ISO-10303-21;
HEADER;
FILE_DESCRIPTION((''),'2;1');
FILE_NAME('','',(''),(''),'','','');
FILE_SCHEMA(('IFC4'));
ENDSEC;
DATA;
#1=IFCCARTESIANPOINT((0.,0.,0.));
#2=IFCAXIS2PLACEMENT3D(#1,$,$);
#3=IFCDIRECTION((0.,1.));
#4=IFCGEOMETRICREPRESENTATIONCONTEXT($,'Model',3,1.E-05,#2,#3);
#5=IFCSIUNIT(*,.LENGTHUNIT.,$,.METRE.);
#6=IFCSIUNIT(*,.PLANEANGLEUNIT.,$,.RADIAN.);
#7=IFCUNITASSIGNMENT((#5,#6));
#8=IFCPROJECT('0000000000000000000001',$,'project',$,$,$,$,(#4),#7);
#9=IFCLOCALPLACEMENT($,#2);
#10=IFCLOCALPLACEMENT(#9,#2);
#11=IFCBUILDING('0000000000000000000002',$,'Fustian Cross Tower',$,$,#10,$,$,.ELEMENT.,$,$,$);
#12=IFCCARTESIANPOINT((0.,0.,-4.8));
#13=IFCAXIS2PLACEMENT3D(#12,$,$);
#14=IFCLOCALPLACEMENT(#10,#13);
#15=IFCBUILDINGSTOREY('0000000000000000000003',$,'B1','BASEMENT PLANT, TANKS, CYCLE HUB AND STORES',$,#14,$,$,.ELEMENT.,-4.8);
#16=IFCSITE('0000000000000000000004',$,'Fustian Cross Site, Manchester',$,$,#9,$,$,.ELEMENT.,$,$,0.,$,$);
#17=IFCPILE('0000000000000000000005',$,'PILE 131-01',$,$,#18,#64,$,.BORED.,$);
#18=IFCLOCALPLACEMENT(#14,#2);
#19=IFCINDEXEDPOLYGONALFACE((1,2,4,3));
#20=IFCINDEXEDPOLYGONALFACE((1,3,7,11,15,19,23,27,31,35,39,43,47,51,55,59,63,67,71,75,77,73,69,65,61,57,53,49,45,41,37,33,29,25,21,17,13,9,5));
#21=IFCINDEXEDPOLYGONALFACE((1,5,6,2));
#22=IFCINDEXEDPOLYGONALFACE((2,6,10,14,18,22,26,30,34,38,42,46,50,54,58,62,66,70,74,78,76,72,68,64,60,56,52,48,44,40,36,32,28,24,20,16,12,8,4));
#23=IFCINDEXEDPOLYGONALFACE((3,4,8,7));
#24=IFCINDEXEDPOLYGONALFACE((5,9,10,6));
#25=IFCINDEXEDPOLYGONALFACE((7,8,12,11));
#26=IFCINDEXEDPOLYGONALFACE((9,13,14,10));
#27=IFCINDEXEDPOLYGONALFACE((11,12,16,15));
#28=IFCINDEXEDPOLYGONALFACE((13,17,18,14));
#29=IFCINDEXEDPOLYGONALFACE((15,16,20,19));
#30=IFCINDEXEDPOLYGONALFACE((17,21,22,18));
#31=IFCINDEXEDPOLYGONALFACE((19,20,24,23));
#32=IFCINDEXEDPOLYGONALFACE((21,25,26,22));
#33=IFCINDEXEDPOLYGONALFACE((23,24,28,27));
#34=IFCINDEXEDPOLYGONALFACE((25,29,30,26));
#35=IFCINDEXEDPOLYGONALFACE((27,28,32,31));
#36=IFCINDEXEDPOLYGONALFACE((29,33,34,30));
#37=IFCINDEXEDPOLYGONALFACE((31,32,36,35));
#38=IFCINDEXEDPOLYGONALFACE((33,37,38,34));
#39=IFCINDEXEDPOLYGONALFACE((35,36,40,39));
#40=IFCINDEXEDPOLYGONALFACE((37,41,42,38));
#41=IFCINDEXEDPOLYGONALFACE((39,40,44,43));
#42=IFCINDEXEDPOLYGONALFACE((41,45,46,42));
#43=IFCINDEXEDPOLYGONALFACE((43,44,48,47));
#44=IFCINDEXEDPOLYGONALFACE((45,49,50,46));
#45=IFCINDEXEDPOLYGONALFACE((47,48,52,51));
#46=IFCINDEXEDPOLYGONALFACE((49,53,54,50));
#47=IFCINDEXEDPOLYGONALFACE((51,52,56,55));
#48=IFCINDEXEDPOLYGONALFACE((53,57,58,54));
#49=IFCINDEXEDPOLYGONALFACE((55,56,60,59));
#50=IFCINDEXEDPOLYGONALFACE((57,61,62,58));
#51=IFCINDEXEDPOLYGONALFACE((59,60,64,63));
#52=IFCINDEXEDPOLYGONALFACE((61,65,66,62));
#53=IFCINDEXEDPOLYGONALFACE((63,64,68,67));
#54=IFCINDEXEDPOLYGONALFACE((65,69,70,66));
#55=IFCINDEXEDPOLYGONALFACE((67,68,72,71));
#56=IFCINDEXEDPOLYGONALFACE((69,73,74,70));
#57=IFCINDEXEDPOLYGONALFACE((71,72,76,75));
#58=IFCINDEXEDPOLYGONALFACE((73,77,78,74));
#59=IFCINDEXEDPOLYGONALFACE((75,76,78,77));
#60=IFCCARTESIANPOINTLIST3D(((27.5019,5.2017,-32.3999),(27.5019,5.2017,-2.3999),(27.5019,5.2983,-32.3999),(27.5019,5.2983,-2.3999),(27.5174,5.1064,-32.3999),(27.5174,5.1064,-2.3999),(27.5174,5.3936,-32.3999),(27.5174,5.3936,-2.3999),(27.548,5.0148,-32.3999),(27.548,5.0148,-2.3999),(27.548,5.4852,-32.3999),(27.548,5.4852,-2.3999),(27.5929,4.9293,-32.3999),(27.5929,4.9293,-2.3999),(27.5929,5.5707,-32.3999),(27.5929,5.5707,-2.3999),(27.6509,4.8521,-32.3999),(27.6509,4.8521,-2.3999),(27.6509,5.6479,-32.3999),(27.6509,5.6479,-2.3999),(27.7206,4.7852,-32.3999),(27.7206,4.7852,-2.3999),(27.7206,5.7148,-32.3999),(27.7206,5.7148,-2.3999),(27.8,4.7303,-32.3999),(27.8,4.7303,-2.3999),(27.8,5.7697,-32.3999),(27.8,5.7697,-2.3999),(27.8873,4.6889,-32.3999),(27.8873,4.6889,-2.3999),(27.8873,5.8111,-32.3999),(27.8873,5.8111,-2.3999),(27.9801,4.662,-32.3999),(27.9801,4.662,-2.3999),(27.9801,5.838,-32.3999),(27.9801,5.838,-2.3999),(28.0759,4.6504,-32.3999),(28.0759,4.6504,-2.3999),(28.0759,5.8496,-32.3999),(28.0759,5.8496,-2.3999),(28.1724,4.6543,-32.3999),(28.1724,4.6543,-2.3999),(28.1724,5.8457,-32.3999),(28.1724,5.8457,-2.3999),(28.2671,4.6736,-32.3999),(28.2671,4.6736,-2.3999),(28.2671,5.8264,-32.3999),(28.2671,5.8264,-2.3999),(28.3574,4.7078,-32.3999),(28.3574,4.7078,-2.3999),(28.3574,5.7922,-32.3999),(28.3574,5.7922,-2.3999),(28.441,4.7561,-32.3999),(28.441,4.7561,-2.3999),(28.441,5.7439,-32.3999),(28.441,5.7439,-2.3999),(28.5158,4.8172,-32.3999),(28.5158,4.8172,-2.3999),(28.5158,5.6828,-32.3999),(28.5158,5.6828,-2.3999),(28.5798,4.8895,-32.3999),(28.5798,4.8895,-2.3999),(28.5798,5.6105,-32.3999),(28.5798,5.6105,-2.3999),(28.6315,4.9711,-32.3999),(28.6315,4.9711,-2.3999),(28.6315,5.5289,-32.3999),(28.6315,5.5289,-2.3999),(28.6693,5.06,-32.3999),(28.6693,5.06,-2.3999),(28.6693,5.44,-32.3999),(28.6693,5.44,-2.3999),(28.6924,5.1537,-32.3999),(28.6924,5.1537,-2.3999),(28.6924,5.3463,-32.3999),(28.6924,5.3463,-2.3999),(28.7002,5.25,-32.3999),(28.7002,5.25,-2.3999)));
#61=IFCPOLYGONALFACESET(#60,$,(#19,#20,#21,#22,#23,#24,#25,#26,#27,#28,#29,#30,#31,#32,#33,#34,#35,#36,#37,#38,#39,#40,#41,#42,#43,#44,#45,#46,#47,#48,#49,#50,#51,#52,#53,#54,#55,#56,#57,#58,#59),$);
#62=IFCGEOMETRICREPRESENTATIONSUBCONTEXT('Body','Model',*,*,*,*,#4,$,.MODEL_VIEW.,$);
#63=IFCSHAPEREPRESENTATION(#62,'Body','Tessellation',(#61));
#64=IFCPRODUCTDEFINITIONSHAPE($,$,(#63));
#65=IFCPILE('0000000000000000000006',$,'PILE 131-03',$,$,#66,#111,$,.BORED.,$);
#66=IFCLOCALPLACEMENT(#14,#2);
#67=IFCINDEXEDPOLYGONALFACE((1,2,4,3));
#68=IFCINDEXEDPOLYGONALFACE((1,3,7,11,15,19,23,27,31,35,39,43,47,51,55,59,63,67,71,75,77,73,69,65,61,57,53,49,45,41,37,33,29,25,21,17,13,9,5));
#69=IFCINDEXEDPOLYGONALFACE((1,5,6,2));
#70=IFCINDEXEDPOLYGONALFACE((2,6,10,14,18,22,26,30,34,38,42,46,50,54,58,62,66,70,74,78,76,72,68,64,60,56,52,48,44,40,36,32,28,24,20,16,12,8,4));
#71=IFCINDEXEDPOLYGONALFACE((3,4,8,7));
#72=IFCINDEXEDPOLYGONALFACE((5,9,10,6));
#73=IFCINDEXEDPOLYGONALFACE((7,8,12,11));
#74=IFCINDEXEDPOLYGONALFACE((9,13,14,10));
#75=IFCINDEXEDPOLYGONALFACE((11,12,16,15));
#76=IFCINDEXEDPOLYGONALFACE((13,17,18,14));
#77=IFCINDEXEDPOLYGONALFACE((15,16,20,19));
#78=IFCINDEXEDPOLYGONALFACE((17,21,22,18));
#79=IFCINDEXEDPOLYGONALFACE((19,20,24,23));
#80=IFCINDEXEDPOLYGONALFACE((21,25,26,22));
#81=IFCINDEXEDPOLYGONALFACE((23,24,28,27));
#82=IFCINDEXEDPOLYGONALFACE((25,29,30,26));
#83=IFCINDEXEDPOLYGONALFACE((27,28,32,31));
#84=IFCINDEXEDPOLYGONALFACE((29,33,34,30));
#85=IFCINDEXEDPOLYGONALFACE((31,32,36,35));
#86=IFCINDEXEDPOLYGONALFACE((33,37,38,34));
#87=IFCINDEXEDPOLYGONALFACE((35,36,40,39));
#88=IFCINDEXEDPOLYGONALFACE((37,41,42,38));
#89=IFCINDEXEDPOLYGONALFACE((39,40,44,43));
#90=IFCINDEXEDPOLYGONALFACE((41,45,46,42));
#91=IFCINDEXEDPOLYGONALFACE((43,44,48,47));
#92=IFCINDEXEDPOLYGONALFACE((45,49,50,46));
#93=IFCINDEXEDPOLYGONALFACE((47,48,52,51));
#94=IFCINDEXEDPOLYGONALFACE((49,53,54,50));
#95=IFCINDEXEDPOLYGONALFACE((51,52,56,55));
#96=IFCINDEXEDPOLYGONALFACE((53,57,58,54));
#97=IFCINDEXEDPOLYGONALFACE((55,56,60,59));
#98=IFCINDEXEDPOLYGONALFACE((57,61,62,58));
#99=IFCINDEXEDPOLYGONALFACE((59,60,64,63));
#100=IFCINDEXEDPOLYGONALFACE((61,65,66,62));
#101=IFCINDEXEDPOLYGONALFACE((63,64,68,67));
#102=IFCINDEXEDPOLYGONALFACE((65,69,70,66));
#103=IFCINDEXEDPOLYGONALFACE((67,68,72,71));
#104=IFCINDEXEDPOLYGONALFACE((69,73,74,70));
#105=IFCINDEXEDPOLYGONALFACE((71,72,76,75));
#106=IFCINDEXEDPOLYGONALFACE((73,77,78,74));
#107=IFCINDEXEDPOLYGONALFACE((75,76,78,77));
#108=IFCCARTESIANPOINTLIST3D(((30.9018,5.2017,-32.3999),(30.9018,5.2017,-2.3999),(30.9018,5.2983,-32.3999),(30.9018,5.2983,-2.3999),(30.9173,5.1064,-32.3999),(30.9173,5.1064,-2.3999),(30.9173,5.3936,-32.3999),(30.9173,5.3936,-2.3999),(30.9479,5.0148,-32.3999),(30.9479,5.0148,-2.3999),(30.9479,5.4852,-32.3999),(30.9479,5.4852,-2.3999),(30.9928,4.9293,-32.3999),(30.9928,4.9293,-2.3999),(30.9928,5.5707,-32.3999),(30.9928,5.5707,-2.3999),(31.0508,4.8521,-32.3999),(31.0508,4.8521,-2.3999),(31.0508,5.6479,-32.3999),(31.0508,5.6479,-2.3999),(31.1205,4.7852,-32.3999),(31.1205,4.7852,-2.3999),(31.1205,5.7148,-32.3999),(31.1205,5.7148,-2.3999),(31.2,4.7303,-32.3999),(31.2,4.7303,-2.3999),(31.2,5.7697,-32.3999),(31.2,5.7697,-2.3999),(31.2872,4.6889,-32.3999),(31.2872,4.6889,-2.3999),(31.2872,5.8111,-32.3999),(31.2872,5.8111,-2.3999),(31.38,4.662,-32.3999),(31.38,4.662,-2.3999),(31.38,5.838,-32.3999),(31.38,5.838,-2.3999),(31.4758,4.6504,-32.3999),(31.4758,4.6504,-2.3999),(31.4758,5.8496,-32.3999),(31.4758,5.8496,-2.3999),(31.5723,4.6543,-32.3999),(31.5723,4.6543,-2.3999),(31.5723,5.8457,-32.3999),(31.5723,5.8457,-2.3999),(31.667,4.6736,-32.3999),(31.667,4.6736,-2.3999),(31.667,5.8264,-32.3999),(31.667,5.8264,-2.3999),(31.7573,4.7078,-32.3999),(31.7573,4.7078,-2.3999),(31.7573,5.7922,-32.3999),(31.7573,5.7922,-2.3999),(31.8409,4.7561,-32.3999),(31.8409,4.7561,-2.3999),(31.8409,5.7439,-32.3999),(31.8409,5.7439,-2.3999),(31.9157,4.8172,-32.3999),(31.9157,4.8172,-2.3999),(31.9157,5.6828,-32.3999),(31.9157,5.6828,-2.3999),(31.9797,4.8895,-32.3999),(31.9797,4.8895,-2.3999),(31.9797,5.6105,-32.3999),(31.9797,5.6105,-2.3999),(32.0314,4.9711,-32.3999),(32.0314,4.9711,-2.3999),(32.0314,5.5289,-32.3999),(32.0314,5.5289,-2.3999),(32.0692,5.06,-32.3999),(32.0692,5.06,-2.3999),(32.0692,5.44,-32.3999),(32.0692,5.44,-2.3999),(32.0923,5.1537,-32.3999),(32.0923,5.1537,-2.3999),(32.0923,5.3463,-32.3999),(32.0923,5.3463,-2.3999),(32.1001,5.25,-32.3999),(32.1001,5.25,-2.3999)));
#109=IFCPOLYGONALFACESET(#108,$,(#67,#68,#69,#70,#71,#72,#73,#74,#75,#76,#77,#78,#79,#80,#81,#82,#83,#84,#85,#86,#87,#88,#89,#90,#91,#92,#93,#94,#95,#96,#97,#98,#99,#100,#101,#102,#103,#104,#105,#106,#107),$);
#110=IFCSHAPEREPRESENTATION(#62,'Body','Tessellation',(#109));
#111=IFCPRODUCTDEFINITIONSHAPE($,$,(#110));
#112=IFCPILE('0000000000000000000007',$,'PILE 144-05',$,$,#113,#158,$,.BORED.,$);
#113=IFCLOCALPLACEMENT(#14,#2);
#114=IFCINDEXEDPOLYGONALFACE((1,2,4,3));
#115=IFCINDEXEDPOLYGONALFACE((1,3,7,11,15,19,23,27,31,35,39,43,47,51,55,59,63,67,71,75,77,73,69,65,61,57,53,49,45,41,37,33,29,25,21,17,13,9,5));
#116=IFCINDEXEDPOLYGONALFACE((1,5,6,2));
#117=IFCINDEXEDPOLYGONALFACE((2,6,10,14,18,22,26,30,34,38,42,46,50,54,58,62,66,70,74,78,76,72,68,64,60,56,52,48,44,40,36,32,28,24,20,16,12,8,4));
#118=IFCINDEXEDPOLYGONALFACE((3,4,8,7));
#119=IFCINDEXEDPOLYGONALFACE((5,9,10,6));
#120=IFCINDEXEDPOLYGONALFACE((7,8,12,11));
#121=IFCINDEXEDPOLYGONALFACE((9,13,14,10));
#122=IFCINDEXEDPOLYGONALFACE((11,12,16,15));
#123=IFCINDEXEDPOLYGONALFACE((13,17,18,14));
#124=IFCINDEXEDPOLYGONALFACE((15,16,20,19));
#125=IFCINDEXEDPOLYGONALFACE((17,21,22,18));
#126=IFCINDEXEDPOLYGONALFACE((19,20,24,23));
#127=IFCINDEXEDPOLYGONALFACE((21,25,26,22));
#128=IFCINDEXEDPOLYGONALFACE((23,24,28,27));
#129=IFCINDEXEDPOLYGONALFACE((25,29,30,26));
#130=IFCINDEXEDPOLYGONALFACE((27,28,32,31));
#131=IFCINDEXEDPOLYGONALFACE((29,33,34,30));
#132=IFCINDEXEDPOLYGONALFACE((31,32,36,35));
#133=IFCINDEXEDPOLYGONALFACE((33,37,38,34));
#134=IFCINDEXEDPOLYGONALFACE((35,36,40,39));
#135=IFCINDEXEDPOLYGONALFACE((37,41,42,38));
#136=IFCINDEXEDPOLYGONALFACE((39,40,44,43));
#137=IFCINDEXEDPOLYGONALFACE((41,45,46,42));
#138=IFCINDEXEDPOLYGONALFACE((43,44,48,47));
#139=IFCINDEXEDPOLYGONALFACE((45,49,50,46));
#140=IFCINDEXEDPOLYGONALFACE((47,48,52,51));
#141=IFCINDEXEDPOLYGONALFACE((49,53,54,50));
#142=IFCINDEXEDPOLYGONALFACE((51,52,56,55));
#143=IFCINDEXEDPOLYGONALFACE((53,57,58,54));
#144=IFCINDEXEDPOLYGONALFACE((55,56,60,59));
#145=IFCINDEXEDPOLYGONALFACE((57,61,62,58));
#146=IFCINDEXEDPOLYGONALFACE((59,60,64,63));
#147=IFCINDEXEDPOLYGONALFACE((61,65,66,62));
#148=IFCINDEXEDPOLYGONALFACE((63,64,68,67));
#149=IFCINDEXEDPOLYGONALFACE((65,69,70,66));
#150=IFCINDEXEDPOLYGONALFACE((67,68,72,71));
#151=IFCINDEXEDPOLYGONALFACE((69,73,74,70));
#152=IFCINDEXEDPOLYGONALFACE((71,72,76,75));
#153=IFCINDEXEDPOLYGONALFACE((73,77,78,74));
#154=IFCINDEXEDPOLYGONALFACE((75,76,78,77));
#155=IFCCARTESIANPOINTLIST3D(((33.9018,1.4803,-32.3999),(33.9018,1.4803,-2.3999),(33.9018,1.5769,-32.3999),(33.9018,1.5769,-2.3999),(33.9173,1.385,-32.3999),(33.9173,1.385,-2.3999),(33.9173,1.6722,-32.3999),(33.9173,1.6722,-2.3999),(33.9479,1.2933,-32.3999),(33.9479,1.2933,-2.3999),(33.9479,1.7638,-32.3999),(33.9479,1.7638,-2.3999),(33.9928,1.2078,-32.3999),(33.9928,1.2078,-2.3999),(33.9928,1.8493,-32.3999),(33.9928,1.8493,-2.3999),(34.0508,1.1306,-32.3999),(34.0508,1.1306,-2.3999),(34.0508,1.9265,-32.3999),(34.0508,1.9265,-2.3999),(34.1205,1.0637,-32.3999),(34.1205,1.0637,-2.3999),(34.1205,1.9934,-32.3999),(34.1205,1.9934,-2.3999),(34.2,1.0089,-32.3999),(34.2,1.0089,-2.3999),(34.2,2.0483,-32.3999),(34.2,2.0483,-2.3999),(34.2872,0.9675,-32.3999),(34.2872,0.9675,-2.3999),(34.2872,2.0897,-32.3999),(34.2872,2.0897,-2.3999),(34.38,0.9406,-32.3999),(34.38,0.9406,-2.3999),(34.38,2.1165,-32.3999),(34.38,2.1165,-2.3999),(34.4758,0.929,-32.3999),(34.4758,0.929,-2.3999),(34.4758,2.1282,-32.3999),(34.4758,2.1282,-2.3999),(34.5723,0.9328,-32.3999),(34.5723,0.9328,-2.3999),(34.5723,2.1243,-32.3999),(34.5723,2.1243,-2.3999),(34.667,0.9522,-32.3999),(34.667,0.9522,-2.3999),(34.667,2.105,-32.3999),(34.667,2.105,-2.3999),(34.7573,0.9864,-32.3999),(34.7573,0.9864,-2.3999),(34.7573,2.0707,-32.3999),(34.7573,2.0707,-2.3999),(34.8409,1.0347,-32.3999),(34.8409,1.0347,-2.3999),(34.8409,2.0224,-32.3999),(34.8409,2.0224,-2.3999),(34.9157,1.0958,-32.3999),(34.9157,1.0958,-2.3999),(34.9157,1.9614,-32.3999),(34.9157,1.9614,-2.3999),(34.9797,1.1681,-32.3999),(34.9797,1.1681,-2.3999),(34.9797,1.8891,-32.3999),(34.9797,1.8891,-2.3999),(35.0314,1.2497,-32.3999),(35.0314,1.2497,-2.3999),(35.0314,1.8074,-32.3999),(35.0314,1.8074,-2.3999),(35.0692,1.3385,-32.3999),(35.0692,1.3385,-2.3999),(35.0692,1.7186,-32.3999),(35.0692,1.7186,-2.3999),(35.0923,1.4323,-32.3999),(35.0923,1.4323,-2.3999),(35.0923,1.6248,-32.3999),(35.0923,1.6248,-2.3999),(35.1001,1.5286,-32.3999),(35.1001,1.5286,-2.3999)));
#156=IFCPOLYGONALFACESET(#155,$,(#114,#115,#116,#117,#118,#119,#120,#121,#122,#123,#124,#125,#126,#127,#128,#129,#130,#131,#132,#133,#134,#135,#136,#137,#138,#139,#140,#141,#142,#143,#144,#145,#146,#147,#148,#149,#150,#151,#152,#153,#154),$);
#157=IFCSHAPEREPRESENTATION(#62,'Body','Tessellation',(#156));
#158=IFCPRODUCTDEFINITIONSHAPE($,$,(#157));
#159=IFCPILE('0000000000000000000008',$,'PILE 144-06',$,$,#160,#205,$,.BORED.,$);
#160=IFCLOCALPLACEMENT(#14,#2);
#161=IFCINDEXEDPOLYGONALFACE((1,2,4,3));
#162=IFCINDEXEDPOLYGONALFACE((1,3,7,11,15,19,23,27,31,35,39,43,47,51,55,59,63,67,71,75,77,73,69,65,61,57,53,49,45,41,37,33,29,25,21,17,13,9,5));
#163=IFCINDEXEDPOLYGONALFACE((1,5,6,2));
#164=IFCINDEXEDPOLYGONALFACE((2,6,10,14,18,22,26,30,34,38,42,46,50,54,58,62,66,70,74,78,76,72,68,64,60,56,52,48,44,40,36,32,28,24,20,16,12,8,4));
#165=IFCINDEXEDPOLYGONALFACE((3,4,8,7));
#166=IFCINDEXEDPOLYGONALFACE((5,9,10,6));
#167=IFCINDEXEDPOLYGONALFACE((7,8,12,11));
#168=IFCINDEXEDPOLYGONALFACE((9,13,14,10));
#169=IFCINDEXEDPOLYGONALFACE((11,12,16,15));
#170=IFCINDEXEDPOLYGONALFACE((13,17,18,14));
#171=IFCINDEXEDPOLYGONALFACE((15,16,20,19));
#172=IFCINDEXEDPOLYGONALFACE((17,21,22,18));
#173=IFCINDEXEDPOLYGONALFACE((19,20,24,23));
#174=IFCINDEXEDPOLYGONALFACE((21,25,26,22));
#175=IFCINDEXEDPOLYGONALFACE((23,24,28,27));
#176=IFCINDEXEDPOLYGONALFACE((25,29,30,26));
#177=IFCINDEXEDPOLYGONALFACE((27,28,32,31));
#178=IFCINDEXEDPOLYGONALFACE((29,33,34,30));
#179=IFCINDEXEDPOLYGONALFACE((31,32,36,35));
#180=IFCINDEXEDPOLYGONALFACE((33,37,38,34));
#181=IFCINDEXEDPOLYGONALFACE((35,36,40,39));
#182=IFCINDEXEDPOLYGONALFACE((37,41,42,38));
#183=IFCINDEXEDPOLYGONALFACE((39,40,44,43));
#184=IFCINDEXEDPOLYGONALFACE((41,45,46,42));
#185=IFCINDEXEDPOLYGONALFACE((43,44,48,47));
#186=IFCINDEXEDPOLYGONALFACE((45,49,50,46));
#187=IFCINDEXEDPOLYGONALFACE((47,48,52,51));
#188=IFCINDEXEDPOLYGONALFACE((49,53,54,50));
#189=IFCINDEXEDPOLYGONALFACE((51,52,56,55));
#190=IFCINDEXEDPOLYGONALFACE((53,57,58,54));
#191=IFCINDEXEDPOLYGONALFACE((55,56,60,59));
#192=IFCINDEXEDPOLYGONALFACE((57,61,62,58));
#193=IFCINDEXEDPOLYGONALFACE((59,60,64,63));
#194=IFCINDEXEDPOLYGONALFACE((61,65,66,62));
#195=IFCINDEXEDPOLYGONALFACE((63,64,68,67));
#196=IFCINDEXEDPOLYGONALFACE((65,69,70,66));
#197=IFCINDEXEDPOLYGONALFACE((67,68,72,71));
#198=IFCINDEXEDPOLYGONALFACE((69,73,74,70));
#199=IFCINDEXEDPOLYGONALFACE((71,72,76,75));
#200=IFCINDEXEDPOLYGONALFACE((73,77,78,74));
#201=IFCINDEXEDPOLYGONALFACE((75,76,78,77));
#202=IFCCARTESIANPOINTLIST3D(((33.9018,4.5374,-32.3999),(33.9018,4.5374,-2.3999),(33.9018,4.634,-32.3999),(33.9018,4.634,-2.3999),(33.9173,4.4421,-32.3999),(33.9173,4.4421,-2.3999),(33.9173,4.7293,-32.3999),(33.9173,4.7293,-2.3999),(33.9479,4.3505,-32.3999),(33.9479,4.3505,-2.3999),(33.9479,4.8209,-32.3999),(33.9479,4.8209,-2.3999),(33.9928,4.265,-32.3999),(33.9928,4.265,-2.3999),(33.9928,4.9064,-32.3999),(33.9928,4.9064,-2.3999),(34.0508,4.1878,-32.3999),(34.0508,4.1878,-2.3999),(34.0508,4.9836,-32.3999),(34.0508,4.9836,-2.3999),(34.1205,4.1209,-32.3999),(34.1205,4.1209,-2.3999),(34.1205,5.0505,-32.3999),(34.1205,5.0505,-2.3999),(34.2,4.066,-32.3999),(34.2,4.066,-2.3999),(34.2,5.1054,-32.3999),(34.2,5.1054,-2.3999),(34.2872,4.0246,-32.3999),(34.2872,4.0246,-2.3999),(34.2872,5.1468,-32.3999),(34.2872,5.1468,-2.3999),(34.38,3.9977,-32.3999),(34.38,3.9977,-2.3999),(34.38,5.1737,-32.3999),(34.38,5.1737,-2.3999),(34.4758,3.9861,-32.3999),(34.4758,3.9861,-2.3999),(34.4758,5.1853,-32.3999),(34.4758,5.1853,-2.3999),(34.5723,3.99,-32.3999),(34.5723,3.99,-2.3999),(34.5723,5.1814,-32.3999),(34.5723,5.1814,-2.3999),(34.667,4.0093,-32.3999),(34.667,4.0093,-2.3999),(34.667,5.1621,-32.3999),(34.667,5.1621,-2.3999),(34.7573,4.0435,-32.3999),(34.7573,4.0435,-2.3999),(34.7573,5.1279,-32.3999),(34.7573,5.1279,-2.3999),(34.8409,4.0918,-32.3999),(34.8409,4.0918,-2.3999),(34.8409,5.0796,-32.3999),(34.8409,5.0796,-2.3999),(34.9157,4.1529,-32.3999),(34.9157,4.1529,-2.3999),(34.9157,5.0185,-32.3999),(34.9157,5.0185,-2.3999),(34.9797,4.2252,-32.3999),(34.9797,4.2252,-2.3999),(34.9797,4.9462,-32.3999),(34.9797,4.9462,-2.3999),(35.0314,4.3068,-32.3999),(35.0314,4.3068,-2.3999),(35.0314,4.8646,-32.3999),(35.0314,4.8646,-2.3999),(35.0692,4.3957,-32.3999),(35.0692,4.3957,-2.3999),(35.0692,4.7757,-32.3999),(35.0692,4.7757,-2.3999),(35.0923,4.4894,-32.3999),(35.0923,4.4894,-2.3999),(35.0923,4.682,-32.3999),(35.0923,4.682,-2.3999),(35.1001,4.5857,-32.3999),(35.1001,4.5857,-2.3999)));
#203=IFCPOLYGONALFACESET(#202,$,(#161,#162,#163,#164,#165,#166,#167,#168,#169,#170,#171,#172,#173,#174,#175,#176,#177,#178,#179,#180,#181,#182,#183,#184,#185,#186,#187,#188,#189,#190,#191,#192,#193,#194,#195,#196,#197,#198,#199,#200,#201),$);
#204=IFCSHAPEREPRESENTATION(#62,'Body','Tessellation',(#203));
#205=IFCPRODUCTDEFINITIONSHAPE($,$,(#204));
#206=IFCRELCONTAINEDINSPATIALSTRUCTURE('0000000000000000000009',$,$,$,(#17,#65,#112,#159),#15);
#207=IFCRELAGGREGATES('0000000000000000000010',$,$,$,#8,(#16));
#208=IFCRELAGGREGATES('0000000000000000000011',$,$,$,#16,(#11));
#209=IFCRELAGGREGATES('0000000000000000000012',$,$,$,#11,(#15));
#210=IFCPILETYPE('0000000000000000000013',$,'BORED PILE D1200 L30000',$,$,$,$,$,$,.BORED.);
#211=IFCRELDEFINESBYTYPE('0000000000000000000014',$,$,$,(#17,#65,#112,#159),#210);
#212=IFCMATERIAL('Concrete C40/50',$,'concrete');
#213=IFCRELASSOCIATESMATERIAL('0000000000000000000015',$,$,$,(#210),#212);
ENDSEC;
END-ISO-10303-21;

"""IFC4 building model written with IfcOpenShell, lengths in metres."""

from ifc_helpers import new_model, si_unit, direction, frame, origin, origin_2d, place, context, subcontext, project, spatial, circle, extrude, material, material_profile, profile_set, type_object, element, save


model = new_model("IFC4")

# Units and contexts
model_context = context("Model", 3, precision=1e-05, world=origin(), true_north=direction((0.0, 1.0)))
body_context = subcontext(model_context, "Body", "Model", "MODEL_VIEW")
ifc_project = project(units=[si_unit("LENGTHUNIT", "METRE"), si_unit("PLANEANGLEUNIT", "RADIAN")], contexts=[model_context])

# Site, building, storey
site_placement = place(None, origin())
site = spatial("IfcSite", under=ifc_project, at=site_placement, Name="Fustian Cross Site, Manchester", CompositionType="ELEMENT", RefElevation=0.0)
building_placement = place(site_placement, origin())
building = spatial("IfcBuilding", under=site, at=building_placement, Name="Fustian Cross Tower", CompositionType="ELEMENT")
storey_placement = place(building_placement, frame((0.0, 0.0, -4.8)))
storey = spatial("IfcBuildingStorey", under=building, at=storey_placement, Name="B1", Description="BASEMENT PLANT, TANKS, CYCLE HUB AND STORES", CompositionType="ELEMENT", Elevation=-4.8)

# Piles
ifc_material_1 = material(Name="Concrete C40/50", Category="concrete")
ifc_material_profile_1 = material_profile(ifc_material_1, circle(Radius=0.6001, at=origin_2d()), Name="BORED PILE D1200 L30000")
ifc_profile_set_1 = profile_set([ifc_material_profile_1], Name="Concrete C40/50")
pile_type_1 = type_object("IfcPileType", Name="BORED PILE D1200 L30000", PredefinedType="BORED", material=ifc_profile_set_1)
for number, where, z_axis, x_axis, name in (
    (1, (28.1001, 5.25, -2.3999), (0.0, 0.0, -1.0), (1.0, 0.0, 0.0), "PILE 131-01"),
    (2, (31.5, 5.25, -2.3999), (0.0, 0.0, -1.0), (1.0, 0.0, 0.0), "PILE 131-03"),
    (3, (34.5, 1.5286, -2.3999), (0.0, 0.0, -1.0), (1.0, 0.0, 0.0), "PILE 144-05"),
    (4, (34.5, 4.5857, -2.3999), (0.0, 0.0, -1.0), (1.0, 0.0, 0.0), "PILE 144-06"),
):
    element("IfcPile", number, at=place(storey_placement, frame(where, z_axis=z_axis, x_axis=x_axis)), inside=storey, type_object=pile_type_1, Name=name, PredefinedType="BORED", context=body_context, shape_type="SweptSolid", body=[
        extrude(circle(Radius=0.6001, at=origin_2d()), origin(), (0.0, 0.0, 1.0), 30.0),
    ])

save(model, "model.ifc")
